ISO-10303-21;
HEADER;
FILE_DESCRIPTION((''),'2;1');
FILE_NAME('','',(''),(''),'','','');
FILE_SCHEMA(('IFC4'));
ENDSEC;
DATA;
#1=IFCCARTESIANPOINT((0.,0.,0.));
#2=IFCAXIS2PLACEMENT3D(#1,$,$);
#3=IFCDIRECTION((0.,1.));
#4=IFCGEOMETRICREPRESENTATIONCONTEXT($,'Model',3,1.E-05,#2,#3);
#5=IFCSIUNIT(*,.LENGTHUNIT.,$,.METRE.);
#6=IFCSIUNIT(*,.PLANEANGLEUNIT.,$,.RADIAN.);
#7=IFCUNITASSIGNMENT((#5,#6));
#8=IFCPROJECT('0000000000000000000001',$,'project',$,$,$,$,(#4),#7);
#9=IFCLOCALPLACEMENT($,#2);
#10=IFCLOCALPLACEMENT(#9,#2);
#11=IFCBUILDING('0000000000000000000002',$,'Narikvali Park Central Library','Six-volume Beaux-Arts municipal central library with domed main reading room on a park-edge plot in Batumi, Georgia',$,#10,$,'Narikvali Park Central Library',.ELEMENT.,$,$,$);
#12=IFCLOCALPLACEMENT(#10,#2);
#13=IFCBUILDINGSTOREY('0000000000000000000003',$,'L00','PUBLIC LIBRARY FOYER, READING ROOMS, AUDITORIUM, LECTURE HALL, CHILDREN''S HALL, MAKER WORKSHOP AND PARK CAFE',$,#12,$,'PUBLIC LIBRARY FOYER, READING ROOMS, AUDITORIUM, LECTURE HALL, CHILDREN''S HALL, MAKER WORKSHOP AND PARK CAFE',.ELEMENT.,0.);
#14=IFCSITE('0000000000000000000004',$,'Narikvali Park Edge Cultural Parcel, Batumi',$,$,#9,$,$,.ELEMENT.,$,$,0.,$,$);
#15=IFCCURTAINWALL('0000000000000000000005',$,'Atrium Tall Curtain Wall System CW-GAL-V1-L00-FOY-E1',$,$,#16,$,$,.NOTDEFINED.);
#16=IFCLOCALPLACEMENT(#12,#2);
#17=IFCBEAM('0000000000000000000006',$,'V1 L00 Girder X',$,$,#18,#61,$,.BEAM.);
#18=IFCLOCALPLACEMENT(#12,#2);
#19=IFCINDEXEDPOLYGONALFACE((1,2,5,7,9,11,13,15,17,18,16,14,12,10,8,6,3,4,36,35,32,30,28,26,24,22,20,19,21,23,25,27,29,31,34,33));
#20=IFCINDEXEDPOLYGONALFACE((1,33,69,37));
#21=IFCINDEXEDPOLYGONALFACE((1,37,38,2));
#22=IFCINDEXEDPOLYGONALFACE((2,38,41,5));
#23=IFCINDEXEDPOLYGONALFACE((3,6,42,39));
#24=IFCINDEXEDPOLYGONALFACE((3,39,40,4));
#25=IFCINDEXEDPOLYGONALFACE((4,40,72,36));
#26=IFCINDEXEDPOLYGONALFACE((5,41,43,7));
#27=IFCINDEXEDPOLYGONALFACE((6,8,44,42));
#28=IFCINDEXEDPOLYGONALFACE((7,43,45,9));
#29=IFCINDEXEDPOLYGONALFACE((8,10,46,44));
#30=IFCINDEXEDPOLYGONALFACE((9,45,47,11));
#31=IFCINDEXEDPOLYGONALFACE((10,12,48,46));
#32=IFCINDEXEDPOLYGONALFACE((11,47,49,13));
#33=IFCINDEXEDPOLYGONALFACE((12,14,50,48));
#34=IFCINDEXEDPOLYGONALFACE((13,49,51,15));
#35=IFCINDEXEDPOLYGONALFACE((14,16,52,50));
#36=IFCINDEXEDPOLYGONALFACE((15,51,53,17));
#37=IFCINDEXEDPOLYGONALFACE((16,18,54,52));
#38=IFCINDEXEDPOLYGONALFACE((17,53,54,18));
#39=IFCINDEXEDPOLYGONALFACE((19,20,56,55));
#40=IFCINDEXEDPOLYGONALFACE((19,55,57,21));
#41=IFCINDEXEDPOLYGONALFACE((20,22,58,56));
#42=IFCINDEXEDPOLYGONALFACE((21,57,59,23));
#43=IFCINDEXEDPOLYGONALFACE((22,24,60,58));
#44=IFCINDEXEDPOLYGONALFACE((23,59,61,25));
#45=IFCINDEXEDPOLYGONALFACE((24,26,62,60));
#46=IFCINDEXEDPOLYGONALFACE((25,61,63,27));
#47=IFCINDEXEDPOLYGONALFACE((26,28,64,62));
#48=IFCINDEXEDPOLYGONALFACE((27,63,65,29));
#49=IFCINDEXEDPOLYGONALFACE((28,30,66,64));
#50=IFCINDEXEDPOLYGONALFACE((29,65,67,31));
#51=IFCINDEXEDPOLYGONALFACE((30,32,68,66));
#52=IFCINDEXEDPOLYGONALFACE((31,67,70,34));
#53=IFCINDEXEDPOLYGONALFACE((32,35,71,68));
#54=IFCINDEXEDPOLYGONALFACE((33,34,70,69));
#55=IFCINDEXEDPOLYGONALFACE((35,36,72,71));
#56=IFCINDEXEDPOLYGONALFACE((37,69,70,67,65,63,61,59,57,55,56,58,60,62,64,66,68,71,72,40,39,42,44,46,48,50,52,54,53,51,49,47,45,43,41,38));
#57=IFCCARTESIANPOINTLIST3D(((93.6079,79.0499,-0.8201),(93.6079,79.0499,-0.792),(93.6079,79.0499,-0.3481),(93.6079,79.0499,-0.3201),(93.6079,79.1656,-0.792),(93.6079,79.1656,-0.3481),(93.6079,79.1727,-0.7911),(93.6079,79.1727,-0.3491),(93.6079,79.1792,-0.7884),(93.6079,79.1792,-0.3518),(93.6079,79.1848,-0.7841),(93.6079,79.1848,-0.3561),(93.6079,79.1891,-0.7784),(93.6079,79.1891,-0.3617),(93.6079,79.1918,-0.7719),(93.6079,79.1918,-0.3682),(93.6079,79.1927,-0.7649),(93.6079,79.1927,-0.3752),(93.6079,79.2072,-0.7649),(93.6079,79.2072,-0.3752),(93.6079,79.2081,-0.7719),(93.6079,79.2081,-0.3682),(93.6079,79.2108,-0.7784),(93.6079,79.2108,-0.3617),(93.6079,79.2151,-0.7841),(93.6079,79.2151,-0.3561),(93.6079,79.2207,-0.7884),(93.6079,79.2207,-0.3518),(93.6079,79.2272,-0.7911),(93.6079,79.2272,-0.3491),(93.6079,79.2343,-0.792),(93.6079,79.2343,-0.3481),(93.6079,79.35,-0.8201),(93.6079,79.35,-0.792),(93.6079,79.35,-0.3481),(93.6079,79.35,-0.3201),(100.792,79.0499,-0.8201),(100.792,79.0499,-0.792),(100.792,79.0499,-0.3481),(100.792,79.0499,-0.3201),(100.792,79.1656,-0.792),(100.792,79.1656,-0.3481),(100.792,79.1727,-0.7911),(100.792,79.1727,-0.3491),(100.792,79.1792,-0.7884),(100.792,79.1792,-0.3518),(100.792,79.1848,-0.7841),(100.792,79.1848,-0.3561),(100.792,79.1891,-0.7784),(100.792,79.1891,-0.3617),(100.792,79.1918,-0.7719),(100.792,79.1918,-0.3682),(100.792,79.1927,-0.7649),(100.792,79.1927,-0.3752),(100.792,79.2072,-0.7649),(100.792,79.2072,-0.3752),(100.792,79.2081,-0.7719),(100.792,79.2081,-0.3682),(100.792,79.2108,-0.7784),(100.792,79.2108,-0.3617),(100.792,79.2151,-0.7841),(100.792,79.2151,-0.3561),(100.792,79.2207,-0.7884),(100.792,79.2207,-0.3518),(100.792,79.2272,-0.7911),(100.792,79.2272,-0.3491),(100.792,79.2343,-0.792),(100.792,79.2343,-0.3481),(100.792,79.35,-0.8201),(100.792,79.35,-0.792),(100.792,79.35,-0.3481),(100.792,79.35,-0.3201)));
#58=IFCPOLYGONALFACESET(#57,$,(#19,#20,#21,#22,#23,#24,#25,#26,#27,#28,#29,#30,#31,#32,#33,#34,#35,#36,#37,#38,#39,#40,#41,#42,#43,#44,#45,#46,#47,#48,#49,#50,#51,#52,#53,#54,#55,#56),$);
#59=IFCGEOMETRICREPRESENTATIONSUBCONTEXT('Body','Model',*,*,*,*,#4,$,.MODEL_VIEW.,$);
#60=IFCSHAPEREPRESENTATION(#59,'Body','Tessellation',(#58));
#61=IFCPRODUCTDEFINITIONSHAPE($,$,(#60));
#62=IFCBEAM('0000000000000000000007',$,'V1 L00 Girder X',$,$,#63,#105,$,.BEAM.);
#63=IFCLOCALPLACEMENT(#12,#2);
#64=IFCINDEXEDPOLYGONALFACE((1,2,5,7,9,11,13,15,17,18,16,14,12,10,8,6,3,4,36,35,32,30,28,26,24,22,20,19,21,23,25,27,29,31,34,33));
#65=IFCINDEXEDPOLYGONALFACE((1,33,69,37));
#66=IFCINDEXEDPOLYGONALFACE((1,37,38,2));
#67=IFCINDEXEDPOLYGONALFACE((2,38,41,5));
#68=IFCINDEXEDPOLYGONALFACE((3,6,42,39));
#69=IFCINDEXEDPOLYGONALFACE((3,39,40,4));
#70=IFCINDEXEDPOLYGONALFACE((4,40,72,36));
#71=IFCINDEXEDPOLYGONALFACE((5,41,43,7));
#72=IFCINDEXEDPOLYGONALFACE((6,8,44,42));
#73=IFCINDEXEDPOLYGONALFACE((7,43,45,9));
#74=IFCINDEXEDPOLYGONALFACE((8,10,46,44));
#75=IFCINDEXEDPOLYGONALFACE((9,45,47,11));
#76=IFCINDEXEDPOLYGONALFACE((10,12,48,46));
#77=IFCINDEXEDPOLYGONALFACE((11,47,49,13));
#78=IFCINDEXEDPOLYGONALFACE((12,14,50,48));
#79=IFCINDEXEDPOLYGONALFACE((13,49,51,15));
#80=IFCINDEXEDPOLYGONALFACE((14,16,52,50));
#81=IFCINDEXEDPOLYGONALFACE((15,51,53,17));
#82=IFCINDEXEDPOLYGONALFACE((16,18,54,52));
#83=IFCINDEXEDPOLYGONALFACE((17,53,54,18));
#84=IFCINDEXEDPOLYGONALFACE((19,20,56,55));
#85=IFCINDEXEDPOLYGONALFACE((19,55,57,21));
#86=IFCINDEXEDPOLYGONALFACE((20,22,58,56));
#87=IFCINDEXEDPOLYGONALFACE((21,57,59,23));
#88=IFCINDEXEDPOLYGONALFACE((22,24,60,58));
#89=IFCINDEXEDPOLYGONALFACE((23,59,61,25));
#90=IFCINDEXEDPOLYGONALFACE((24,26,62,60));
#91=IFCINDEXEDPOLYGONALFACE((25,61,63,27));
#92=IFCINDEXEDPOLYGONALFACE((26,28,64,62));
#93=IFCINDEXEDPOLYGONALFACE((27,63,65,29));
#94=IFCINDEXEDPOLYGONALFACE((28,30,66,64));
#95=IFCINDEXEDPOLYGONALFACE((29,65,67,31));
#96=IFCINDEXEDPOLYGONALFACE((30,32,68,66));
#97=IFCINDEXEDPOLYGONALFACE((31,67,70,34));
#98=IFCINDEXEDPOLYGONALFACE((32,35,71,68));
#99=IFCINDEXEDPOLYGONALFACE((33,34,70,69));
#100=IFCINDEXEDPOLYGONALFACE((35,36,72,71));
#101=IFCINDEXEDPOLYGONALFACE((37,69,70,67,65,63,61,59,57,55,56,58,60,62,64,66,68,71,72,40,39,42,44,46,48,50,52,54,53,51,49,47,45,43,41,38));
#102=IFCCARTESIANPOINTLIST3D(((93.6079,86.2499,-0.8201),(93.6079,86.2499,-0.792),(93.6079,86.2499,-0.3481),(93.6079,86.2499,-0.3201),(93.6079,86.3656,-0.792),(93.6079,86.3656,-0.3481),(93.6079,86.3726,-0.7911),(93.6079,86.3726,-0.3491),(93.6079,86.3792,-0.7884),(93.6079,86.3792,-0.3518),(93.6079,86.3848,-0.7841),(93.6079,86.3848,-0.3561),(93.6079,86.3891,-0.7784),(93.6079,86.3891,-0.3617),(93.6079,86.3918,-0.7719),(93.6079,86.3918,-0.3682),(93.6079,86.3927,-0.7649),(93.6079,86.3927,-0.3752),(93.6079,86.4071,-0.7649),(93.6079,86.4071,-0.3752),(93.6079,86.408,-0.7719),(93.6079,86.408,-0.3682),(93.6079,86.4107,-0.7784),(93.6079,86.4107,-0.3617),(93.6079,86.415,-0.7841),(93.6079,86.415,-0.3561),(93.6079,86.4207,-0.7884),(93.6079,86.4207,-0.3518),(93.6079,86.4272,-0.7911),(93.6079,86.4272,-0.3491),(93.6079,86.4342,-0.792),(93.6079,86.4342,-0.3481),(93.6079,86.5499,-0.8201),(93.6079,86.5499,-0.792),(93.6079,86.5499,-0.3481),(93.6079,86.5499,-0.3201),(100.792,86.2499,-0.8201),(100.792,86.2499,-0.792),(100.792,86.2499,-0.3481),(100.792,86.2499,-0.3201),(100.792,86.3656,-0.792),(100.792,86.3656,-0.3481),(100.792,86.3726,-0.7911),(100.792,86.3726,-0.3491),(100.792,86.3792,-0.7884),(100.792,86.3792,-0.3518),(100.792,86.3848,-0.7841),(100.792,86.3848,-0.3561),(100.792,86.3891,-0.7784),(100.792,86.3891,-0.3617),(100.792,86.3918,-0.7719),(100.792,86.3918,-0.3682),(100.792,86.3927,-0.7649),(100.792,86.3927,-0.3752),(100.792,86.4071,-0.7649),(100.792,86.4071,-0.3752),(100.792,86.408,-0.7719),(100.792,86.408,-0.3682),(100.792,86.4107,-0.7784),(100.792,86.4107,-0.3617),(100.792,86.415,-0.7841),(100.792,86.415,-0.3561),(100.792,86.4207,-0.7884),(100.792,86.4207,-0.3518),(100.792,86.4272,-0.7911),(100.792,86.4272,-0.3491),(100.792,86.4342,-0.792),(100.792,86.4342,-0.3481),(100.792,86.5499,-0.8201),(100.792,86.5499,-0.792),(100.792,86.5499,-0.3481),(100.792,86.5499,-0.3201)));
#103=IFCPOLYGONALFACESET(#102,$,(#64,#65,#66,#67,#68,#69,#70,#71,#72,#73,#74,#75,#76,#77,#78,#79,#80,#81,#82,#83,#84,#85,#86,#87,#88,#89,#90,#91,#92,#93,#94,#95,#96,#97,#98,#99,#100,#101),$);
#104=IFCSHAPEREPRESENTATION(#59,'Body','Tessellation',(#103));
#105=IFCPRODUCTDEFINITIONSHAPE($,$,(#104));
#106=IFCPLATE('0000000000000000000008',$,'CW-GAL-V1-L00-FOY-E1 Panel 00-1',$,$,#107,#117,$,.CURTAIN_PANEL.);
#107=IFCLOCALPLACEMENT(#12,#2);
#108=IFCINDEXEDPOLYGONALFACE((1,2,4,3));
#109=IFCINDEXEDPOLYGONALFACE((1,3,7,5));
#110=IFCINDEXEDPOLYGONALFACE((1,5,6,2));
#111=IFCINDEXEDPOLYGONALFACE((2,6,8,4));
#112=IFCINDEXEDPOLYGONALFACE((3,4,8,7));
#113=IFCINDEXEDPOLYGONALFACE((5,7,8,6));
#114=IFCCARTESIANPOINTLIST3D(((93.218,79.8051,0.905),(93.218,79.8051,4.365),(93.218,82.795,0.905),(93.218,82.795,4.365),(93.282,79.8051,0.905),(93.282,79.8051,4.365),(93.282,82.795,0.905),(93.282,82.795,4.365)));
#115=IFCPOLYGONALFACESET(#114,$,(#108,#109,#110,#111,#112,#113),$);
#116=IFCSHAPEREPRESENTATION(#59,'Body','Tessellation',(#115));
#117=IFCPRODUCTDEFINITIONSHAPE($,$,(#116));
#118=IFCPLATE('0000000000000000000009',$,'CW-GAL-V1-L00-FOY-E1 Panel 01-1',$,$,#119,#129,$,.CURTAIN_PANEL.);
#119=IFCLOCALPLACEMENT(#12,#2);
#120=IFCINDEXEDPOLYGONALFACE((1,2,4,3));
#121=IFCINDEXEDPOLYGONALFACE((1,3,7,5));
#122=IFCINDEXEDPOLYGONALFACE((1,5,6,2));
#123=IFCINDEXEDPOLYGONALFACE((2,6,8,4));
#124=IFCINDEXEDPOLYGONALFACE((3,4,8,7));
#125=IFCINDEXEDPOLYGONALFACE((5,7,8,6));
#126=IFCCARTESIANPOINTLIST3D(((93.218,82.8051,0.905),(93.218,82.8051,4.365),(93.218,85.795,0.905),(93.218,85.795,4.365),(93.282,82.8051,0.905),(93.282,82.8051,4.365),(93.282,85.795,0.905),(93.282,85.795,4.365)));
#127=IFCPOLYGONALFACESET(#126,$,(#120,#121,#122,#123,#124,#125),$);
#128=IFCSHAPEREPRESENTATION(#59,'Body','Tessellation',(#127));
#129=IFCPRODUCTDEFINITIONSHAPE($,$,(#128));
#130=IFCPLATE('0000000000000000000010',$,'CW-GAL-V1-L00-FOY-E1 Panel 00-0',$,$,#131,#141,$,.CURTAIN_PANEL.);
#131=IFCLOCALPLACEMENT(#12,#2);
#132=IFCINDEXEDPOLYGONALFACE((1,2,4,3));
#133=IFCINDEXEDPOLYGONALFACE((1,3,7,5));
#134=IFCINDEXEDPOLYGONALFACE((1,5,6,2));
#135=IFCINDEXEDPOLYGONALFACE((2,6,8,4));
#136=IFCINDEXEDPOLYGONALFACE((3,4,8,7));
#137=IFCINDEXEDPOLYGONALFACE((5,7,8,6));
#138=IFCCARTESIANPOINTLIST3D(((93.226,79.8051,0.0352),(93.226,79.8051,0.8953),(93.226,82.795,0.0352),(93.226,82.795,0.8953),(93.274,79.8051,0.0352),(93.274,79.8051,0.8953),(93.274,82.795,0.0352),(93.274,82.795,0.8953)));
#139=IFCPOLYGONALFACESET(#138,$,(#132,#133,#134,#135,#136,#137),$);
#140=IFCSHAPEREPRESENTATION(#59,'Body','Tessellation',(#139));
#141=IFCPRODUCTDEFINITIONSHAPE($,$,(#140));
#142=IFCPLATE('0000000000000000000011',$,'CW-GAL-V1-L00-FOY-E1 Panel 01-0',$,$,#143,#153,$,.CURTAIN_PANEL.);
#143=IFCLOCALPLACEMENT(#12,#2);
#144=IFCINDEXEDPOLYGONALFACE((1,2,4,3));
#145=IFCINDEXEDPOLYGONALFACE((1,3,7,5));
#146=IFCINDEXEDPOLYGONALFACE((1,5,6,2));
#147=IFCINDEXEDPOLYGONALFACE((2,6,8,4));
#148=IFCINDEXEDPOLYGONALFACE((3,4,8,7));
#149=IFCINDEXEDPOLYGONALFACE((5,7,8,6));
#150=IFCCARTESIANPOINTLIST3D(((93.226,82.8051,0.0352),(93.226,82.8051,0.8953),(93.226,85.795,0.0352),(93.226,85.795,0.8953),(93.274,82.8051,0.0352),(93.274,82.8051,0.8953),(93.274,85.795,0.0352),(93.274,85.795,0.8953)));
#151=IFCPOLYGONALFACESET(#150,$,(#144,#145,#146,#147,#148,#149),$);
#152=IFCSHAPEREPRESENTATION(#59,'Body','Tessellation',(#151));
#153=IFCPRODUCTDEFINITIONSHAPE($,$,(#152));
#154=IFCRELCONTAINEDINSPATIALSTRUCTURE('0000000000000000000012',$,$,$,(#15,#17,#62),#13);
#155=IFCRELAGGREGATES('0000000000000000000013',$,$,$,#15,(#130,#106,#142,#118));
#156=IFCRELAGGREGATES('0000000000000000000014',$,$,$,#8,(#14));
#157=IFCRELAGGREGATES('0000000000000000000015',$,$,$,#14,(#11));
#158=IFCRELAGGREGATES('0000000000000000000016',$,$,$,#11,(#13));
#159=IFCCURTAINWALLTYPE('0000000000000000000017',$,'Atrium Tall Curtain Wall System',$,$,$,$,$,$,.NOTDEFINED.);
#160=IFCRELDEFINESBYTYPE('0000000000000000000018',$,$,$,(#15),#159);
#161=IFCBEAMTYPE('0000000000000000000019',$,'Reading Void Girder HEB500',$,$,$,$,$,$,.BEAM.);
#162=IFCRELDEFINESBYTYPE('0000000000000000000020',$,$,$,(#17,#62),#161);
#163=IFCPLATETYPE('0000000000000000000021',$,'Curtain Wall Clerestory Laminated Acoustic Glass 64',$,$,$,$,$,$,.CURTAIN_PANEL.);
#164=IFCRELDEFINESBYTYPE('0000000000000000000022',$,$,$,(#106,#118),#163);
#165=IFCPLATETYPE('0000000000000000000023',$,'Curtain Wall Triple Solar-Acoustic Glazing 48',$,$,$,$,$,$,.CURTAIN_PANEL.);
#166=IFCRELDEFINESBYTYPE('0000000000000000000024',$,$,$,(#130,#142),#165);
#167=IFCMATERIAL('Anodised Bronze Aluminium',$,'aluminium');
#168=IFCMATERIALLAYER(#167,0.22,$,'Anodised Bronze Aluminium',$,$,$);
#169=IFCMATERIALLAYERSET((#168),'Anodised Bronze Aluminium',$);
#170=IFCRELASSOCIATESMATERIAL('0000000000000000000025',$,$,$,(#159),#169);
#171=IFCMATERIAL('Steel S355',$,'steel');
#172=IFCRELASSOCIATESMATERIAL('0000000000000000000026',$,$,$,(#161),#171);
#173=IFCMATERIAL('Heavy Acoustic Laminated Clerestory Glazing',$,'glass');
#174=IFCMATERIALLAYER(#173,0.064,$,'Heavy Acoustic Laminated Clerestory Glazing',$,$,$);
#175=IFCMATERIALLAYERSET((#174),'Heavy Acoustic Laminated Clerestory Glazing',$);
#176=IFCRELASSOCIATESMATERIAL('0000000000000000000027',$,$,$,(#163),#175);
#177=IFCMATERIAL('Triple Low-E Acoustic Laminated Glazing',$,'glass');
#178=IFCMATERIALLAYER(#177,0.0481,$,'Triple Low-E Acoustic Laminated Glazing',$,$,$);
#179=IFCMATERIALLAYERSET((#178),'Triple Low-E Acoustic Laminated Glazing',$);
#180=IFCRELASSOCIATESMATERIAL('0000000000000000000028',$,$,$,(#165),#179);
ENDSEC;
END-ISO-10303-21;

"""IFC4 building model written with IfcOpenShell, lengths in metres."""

from ifc_helpers import new_model, si_unit, direction, frame, origin, origin_2d, place, context, subcontext, project, spatial, rectangle, i_section, extrude, material, layer, layer_set, material_profile, profile_set, type_object, element, aggregate, save


model = new_model("IFC4")

# Units and contexts
model_context = context("Model", 3, precision=1e-05, world=origin(), true_north=direction((0.0, 1.0)))
body_context = subcontext(model_context, "Body", "Model", "MODEL_VIEW")
ifc_project = project(units=[si_unit("LENGTHUNIT", "METRE"), si_unit("PLANEANGLEUNIT", "RADIAN")], contexts=[model_context])

# Site, building, storey
site_placement = place(None, origin())
site = spatial("IfcSite", under=ifc_project, at=site_placement, Name="Narikvali Park Edge Cultural Parcel, Batumi", CompositionType="ELEMENT", RefElevation=0.0)
building_placement = place(site_placement, origin())
building = spatial("IfcBuilding", under=site, at=building_placement, Name="Narikvali Park Central Library", Description="Six-volume Beaux-Arts municipal central library with domed main reading room on a park-edge plot in Batumi, Georgia", LongName="Narikvali Park Central Library", CompositionType="ELEMENT")
storey_placement = place(building_placement, origin())
storey = spatial("IfcBuildingStorey", under=building, at=storey_placement, Name="L00", Description="PUBLIC LIBRARY FOYER, READING ROOMS, AUDITORIUM, LECTURE HALL, CHILDREN'S HALL, MAKER WORKSHOP AND PARK CAFE", LongName="PUBLIC LIBRARY FOYER, READING ROOMS, AUDITORIUM, LECTURE HALL, CHILDREN'S HALL, MAKER WORKSHOP AND PARK CAFE", CompositionType="ELEMENT", Elevation=0.0)

# Shared definitions
ifc_material_1 = material(Name="Steel S355", Category="steel")

# Curtain wall
ifc_material_2 = material(Name="Anodised Bronze Aluminium", Category="aluminium")
ifc_layer_1 = layer(ifc_material_2, 0.22, Name="Anodised Bronze Aluminium")
ifc_layer_set_1 = layer_set([ifc_layer_1], Name="Anodised Bronze Aluminium")
curtain_wall_type = type_object("IfcCurtainWallType", Name="Atrium Tall Curtain Wall System", PredefinedType="NOTDEFINED", material=ifc_layer_set_1)
curtain_wall_placement = place(storey_placement, origin())
curtain_wall = element("IfcCurtainWall", 1, at=curtain_wall_placement, inside=storey, type_object=curtain_wall_type, Name="Atrium Tall Curtain Wall System CW-GAL-V1-L00-FOY-E1", PredefinedType="NOTDEFINED")

# Beams
ifc_material_profile_1 = material_profile(ifc_material_1, i_section(OverallWidth=0.3, OverallDepth=0.5, WebThickness=0.0144, FlangeThickness=0.0281, FilletRadius=0.0271, at=origin_2d()), Name="HEB 500")
ifc_profile_set_1 = profile_set([ifc_material_profile_1], Name="Steel S355")
beam_type_1 = type_object("IfcBeamType", Name="Reading Void Girder HEB500", PredefinedType="BEAM", material=ifc_profile_set_1)
for number, where, z_axis, x_axis, name in (
    (2, (93.6079, 79.2, -0.5701), (1.0, 0.0, 0.0), (0.0, 1.0, 0.0), "V1 L00 Girder X"),
    (3, (93.6079, 86.3999, -0.5701), (1.0, 0.0, 0.0), (0.0, 1.0, 0.0), "V1 L00 Girder X"),
):
    element("IfcBeam", number, at=place(storey_placement, frame(where, z_axis=z_axis, x_axis=x_axis)), inside=storey, type_object=beam_type_1, Name=name, PredefinedType="BEAM", context=body_context, shape_type="SweptSolid", body=[
        extrude(i_section(OverallWidth=0.3, OverallDepth=0.5, WebThickness=0.0144, FlangeThickness=0.0281, FilletRadius=0.0271, at=origin_2d()), origin(), (0.0, 0.0, 1.0), 7.1841),
    ])

# Plates
ifc_material_3 = material(Name="Heavy Acoustic Laminated Clerestory Glazing", Category="glass")
ifc_layer_2 = layer(ifc_material_3, 0.064, Name="Heavy Acoustic Laminated Clerestory Glazing")
ifc_layer_set_2 = layer_set([ifc_layer_2], Name="Heavy Acoustic Laminated Clerestory Glazing")
plate_type_1 = type_object("IfcPlateType", Name="Curtain Wall Clerestory Laminated Acoustic Glass 64", PredefinedType="CURTAIN_PANEL", material=ifc_layer_set_2)
plate_1_placement = place(storey_placement, frame((93.25, 81.3, 0.905), z_axis=(0.0, 0.0, 1.0), x_axis=(0.0, 1.0, 0.0)))
plate_1 = element("IfcPlate", 4, at=plate_1_placement, type_object=plate_type_1, Name="CW-GAL-V1-L00-FOY-E1 Panel 00-1", PredefinedType="CURTAIN_PANEL", context=body_context, shape_type="SweptSolid", body=[
    extrude(rectangle(XDim=2.99, YDim=0.064, at=origin_2d()), origin(), (0.0, 0.0, 1.0), 3.46),
])
plate_2_placement = place(storey_placement, frame((93.25, 84.3, 0.905), z_axis=(0.0, 0.0, 1.0), x_axis=(0.0, 1.0, 0.0)))
plate_2 = element("IfcPlate", 5, at=plate_2_placement, type_object=plate_type_1, Name="CW-GAL-V1-L00-FOY-E1 Panel 01-1", PredefinedType="CURTAIN_PANEL", context=body_context, shape_type="SweptSolid", body=[
    extrude(rectangle(XDim=2.99, YDim=0.064, at=origin_2d()), origin(), (0.0, 0.0, 1.0), 3.46),
])
ifc_material_4 = material(Name="Triple Low-E Acoustic Laminated Glazing", Category="glass")
ifc_layer_3 = layer(ifc_material_4, 0.0481, Name="Triple Low-E Acoustic Laminated Glazing")
ifc_layer_set_3 = layer_set([ifc_layer_3], Name="Triple Low-E Acoustic Laminated Glazing")
plate_type_2 = type_object("IfcPlateType", Name="Curtain Wall Triple Solar-Acoustic Glazing 48", PredefinedType="CURTAIN_PANEL", material=ifc_layer_set_3)
plate_3_placement = place(storey_placement, frame((93.25, 81.3, 0.0352), z_axis=(0.0, 0.0, 1.0), x_axis=(0.0, 1.0, 0.0)))
plate_3 = element("IfcPlate", 6, at=plate_3_placement, type_object=plate_type_2, Name="CW-GAL-V1-L00-FOY-E1 Panel 00-0", PredefinedType="CURTAIN_PANEL", context=body_context, shape_type="SweptSolid", body=[
    extrude(rectangle(XDim=2.99, YDim=0.0481, at=origin_2d()), origin(), (0.0, 0.0, 1.0), 0.8601),
])
plate_4_placement = place(storey_placement, frame((93.25, 84.3, 0.0352), z_axis=(0.0, 0.0, 1.0), x_axis=(0.0, 1.0, 0.0)))
plate_4 = element("IfcPlate", 7, at=plate_4_placement, type_object=plate_type_2, Name="CW-GAL-V1-L00-FOY-E1 Panel 01-0", PredefinedType="CURTAIN_PANEL", context=body_context, shape_type="SweptSolid", body=[
    extrude(rectangle(XDim=2.99, YDim=0.0481, at=origin_2d()), origin(), (0.0, 0.0, 1.0), 0.8601),
])
aggregate(curtain_wall, [plate_3, plate_1, plate_4, plate_2])

save(model, "model.ifc")
